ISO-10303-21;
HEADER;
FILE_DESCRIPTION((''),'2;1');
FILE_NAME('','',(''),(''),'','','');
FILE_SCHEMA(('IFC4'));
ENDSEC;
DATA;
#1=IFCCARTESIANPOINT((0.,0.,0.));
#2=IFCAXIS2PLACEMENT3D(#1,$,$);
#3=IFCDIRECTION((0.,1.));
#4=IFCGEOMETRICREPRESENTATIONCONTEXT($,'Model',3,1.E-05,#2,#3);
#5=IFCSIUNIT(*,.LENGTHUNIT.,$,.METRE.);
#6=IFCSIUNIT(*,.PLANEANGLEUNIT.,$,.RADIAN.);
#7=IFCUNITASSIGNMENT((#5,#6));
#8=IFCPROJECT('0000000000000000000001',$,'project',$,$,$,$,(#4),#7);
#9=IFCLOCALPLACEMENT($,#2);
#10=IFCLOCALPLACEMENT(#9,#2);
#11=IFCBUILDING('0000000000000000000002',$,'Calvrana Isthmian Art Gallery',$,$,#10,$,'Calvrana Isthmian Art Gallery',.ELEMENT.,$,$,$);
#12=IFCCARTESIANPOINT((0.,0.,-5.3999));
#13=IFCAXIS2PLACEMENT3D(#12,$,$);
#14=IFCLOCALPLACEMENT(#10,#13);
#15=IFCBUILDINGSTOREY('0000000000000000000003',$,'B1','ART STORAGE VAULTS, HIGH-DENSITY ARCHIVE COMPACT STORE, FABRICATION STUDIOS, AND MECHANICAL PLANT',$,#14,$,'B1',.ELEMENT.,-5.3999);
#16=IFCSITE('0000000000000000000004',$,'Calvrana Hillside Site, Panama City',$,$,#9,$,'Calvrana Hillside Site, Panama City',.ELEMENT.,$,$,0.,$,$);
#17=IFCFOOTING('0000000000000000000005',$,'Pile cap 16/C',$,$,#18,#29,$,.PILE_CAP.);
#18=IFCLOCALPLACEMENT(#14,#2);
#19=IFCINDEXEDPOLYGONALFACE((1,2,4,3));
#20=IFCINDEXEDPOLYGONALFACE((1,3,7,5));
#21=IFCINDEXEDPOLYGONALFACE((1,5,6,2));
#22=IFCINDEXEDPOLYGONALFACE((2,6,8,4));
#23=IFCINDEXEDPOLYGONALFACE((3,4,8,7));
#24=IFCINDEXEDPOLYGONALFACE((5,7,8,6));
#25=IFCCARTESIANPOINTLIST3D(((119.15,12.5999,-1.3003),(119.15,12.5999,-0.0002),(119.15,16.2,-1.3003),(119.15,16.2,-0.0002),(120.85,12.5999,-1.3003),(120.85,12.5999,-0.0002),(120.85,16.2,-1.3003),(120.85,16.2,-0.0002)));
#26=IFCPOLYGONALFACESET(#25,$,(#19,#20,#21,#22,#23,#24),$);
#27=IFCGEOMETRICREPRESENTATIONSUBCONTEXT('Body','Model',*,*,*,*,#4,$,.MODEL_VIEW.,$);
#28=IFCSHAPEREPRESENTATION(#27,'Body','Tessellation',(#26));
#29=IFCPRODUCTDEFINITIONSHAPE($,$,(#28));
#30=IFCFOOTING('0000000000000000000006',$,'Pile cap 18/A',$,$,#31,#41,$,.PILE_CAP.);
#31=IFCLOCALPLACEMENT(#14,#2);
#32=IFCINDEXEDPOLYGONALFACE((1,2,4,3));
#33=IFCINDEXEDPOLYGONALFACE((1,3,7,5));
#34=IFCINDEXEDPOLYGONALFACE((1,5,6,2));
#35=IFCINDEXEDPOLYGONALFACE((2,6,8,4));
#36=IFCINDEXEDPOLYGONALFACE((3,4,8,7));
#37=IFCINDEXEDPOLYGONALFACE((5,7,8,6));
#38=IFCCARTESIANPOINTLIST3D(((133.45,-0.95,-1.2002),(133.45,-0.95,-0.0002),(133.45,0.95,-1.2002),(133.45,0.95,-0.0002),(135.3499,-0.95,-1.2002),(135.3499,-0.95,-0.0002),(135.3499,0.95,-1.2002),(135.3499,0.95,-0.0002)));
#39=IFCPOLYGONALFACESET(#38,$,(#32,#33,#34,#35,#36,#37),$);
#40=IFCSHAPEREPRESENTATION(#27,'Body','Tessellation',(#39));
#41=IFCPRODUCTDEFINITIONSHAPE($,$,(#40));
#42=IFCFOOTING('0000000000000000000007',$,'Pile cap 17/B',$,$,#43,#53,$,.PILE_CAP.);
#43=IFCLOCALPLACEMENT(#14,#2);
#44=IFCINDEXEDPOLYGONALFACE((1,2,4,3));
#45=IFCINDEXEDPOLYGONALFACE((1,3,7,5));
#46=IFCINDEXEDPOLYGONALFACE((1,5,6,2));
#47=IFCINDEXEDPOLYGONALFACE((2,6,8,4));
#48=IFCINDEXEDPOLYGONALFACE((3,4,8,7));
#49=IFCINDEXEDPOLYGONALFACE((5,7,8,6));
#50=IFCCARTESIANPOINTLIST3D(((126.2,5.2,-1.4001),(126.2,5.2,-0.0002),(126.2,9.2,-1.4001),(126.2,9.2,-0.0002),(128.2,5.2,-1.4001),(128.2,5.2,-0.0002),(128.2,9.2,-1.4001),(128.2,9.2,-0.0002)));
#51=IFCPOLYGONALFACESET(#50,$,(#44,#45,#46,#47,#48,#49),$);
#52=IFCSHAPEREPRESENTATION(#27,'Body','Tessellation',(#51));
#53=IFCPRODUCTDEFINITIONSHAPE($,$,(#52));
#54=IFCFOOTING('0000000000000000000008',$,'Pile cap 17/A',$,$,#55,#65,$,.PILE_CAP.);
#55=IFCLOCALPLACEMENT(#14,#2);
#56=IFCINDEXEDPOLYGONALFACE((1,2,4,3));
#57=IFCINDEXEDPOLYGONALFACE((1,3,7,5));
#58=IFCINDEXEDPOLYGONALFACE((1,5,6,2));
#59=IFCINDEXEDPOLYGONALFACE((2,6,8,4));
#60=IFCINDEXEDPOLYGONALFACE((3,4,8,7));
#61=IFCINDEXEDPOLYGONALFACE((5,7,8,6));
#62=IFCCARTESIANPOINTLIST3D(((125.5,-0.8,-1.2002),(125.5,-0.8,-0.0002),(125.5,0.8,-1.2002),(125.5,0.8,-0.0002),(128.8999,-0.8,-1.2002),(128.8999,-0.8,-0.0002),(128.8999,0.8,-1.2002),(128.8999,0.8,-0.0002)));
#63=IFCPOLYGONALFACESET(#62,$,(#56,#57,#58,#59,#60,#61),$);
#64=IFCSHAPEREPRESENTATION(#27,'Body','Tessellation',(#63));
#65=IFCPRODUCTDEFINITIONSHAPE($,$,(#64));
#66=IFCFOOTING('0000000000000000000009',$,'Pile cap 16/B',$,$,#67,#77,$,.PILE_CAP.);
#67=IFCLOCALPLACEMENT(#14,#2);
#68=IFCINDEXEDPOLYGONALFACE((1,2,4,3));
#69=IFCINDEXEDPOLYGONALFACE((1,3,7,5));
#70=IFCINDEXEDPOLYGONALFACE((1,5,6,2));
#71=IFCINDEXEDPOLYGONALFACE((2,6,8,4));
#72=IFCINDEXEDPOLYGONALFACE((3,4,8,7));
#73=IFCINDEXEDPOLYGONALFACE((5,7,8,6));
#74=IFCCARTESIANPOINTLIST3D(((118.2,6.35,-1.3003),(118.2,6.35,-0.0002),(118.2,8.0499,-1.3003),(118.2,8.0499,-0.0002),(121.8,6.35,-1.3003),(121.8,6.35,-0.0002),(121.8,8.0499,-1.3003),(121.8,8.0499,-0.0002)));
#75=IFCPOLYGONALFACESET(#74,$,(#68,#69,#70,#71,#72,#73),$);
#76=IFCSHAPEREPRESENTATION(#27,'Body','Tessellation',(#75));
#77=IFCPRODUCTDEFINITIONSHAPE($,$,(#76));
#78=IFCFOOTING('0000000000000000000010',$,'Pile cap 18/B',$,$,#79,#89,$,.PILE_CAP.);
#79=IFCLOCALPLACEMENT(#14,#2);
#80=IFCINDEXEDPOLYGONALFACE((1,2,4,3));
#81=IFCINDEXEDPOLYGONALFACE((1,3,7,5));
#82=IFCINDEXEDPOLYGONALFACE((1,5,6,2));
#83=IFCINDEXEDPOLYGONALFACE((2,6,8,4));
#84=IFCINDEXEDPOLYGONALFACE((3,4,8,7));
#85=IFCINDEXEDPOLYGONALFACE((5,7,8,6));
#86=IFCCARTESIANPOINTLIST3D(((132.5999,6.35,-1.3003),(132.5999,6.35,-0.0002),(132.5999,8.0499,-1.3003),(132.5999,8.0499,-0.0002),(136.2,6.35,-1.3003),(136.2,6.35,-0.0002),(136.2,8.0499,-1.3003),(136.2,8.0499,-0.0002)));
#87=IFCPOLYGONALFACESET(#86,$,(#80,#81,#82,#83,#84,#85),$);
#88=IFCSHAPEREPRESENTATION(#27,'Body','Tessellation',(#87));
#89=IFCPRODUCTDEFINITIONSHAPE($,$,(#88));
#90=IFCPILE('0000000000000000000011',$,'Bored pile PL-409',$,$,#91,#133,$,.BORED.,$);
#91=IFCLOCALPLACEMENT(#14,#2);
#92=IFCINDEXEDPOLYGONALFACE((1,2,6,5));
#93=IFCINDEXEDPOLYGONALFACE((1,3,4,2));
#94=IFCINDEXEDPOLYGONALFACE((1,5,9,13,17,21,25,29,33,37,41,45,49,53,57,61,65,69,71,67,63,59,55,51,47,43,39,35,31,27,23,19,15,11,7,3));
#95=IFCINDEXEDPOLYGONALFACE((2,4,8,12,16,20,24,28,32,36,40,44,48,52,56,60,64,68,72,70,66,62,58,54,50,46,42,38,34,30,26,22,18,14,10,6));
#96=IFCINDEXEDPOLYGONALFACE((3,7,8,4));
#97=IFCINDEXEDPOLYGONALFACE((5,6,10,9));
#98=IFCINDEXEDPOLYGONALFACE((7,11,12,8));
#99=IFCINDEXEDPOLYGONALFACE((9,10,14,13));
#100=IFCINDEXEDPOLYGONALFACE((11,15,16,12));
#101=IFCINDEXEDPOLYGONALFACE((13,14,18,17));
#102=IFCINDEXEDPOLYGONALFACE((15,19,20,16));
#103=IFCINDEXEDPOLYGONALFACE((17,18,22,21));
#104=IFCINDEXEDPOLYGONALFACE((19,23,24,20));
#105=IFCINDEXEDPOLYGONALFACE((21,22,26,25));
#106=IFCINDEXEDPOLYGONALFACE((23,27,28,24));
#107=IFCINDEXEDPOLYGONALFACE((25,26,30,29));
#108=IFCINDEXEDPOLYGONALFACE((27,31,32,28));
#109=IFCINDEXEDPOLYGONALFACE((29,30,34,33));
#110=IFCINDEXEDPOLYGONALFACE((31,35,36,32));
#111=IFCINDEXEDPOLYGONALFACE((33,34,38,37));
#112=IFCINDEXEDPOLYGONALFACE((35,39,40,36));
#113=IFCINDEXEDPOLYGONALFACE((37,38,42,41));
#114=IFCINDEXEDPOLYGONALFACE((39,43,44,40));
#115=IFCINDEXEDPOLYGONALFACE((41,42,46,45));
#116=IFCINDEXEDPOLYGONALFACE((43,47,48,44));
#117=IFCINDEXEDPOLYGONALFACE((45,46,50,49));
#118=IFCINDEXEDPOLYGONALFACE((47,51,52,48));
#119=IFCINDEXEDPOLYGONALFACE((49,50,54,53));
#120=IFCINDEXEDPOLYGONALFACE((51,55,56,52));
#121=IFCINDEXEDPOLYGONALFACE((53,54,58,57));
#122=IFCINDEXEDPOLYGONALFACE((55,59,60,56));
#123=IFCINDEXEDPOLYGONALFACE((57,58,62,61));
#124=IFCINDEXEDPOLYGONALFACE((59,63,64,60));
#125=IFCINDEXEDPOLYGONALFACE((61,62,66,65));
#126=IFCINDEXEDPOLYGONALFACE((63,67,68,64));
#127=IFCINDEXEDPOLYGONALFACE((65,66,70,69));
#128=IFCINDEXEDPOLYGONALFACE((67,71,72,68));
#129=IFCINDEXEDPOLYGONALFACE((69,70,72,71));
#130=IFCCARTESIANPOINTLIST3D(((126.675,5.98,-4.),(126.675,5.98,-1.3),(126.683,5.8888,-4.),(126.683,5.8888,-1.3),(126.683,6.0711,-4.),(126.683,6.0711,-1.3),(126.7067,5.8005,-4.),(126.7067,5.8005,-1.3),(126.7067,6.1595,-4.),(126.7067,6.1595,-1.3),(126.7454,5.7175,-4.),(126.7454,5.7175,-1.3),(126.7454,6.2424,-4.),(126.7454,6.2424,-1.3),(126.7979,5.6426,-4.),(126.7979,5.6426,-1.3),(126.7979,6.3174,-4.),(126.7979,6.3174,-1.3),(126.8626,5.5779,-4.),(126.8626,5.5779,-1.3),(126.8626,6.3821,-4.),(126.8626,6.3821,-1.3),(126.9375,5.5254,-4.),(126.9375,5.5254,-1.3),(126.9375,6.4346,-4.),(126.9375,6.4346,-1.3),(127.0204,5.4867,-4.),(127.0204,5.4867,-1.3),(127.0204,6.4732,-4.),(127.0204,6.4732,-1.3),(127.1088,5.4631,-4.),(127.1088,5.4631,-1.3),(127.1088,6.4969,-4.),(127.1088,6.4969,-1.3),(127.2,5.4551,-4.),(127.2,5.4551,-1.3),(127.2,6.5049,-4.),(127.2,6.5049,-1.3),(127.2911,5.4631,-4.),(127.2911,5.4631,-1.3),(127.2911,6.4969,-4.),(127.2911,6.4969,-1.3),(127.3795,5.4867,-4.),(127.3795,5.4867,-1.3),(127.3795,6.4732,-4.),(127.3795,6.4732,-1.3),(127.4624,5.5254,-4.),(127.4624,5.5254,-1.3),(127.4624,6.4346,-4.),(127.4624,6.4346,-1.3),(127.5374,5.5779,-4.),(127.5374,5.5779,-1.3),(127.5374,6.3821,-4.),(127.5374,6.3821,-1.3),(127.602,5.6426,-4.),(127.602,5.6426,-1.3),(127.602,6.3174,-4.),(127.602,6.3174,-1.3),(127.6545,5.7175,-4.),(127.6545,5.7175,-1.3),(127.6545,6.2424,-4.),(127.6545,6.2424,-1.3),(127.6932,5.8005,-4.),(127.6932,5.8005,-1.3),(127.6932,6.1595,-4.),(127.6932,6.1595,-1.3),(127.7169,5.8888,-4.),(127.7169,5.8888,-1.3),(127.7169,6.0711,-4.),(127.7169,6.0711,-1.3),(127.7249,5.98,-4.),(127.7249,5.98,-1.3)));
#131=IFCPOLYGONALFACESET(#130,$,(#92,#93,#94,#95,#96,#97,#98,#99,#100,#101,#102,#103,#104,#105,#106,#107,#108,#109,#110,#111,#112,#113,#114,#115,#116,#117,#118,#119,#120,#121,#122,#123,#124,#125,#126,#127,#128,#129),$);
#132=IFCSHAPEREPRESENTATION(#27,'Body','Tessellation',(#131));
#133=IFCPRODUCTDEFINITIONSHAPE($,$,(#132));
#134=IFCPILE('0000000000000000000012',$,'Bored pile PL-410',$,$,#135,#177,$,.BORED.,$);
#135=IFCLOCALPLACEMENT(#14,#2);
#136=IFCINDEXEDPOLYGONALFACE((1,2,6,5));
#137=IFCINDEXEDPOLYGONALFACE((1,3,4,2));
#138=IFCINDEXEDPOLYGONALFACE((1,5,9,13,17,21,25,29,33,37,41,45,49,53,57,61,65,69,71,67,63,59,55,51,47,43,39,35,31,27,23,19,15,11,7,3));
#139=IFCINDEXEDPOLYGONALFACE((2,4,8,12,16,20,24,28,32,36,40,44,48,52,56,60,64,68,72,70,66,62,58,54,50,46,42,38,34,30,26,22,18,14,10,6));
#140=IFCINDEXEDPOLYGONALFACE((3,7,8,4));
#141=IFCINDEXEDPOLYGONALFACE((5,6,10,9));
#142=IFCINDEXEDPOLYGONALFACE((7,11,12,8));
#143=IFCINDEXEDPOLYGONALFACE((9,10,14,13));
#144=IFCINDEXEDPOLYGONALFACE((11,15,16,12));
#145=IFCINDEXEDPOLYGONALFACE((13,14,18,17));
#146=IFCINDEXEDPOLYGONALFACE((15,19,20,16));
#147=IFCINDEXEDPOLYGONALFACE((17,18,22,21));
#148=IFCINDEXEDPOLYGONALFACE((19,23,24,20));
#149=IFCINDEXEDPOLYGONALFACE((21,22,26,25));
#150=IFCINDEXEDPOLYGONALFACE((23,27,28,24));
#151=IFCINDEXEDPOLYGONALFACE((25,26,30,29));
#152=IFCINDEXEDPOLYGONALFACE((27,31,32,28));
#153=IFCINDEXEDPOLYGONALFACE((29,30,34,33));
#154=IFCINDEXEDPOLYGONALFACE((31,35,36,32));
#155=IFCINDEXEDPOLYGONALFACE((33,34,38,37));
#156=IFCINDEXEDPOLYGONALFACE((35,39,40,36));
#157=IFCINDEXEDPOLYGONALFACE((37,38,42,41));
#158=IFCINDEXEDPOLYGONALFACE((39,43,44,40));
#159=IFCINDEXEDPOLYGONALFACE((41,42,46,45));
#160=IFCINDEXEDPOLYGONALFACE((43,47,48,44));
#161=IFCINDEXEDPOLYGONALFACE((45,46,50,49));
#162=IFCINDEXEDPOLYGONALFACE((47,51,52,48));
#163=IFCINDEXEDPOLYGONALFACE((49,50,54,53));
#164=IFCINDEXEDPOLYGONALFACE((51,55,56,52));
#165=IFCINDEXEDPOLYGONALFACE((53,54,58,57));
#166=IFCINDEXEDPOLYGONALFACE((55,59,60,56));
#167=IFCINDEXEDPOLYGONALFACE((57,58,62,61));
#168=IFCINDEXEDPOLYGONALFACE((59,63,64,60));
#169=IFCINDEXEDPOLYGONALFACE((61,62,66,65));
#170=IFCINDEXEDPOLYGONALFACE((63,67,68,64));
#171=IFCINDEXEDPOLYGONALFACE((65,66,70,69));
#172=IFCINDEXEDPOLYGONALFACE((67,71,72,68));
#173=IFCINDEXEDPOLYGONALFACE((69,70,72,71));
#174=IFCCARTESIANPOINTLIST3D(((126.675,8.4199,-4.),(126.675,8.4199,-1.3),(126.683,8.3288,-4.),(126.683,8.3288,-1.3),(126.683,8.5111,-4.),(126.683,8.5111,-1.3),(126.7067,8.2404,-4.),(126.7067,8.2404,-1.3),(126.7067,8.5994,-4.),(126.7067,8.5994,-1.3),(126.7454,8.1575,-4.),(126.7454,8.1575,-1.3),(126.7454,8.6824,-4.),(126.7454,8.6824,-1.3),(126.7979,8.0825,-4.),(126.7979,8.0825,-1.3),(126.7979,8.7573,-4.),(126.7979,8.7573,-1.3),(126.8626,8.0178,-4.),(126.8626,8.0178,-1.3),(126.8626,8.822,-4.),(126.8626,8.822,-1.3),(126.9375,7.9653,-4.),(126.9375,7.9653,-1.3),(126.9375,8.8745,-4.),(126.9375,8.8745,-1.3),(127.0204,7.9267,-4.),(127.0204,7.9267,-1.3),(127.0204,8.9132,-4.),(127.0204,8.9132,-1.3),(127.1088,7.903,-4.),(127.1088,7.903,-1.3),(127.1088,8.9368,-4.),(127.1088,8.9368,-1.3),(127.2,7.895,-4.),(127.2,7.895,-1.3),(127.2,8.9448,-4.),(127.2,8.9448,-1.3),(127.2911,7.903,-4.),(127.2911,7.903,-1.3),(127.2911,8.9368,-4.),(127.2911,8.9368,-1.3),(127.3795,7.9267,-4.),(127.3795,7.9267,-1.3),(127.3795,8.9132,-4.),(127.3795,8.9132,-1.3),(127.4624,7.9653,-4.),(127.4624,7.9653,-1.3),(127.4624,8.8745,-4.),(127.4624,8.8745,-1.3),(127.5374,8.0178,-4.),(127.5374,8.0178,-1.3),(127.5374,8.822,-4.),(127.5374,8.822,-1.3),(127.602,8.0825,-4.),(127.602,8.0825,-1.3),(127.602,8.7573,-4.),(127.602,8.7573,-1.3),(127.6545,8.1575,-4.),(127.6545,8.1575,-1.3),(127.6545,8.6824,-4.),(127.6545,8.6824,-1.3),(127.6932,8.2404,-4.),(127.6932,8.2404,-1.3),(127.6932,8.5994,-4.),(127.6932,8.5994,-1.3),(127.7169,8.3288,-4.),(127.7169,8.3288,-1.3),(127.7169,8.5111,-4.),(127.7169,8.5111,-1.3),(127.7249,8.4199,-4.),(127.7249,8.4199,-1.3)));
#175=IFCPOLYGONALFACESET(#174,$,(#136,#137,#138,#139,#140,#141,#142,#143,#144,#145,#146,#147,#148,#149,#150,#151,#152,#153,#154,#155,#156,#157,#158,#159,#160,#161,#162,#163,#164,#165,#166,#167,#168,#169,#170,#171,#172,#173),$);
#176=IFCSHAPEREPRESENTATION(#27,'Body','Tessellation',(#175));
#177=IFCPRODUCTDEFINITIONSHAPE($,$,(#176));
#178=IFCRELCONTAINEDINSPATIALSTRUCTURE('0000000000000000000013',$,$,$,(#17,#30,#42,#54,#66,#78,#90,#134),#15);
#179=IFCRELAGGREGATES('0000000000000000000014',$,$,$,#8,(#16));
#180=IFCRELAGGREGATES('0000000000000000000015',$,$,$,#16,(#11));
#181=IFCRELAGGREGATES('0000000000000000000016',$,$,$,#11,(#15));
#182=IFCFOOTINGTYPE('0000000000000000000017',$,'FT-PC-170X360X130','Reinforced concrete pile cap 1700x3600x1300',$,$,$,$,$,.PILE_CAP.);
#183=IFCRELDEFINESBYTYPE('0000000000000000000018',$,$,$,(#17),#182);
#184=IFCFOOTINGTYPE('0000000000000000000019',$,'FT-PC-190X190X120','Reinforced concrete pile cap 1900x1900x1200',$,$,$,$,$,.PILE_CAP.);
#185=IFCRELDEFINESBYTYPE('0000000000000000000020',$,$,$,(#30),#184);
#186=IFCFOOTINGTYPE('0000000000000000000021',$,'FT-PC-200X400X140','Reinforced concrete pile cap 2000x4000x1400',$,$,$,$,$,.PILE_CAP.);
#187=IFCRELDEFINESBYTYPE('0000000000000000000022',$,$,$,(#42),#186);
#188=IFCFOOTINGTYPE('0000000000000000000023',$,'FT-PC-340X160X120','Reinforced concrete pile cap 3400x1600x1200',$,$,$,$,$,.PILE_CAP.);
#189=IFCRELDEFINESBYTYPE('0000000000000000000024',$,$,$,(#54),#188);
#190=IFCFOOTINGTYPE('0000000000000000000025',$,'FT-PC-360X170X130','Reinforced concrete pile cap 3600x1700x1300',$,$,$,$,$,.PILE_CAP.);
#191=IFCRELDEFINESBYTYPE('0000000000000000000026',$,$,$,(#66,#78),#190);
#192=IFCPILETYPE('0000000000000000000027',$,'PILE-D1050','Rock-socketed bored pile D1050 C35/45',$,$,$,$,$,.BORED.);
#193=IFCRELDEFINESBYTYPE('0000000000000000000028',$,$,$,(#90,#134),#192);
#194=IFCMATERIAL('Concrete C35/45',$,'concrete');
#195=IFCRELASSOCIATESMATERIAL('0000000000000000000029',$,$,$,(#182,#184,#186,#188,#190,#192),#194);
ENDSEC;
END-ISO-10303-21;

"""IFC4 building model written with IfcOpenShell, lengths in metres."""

from ifc_helpers import new_model, si_unit, direction, frame, origin, origin_2d, place, context, subcontext, project, spatial, rectangle, circle, extrude, material, material_profile, profile_set, type_object, element, save


model = new_model("IFC4")

# Units and contexts
model_context = context("Model", 3, precision=1e-05, world=origin(), true_north=direction((0.0, 1.0)))
body_context = subcontext(model_context, "Body", "Model", "MODEL_VIEW")
ifc_project = project(units=[si_unit("LENGTHUNIT", "METRE"), si_unit("PLANEANGLEUNIT", "RADIAN")], contexts=[model_context])

# Site, building, storey
site_placement = place(None, origin())
site = spatial("IfcSite", under=ifc_project, at=site_placement, Name="Calvrana Hillside Site, Panama City", LongName="Calvrana Hillside Site, Panama City", CompositionType="ELEMENT", RefElevation=0.0)
building_placement = place(site_placement, origin())
building = spatial("IfcBuilding", under=site, at=building_placement, Name="Calvrana Isthmian Art Gallery", LongName="Calvrana Isthmian Art Gallery", CompositionType="ELEMENT")
storey_placement = place(building_placement, frame((0.0, 0.0, -5.3999)))
storey = spatial("IfcBuildingStorey", under=building, at=storey_placement, Name="B1", Description="ART STORAGE VAULTS, HIGH-DENSITY ARCHIVE COMPACT STORE, FABRICATION STUDIOS, AND MECHANICAL PLANT", LongName="B1", CompositionType="ELEMENT", Elevation=-5.3999)

# Footings
ifc_material_1 = material(Name="Concrete C35/45", Category="concrete")
footing_type_1 = type_object("IfcFootingType", Name="FT-PC-170X360X130", Description="Reinforced concrete pile cap 1700x3600x1300", PredefinedType="PILE_CAP", material=ifc_material_1)
footing_1_placement = place(storey_placement, frame((120.0, 14.3999, -1.3003), z_axis=(0.0, 0.0, 1.0), x_axis=(1.0, 0.0, 0.0)))
element("IfcFooting", 1, at=footing_1_placement, inside=storey, type_object=footing_type_1, Name="Pile cap 16/C", PredefinedType="PILE_CAP", context=body_context, shape_type="SweptSolid", body=[
    extrude(rectangle(XDim=1.7, YDim=3.6001, at=origin_2d()), origin(), (0.0, 0.0, 1.0), 1.3),
])
footing_type_2 = type_object("IfcFootingType", Name="FT-PC-190X190X120", Description="Reinforced concrete pile cap 1900x1900x1200", PredefinedType="PILE_CAP", material=ifc_material_1)
footing_2_placement = place(storey_placement, frame((134.3999, 0.0, -1.2002), z_axis=(0.0, 0.0, 1.0), x_axis=(1.0, 0.0, 0.0)))
element("IfcFooting", 2, at=footing_2_placement, inside=storey, type_object=footing_type_2, Name="Pile cap 18/A", PredefinedType="PILE_CAP", context=body_context, shape_type="SweptSolid", body=[
    extrude(rectangle(XDim=1.8999, YDim=1.8999, at=origin_2d()), origin(), (0.0, 0.0, 1.0), 1.2),
])
footing_type_3 = type_object("IfcFootingType", Name="FT-PC-200X400X140", Description="Reinforced concrete pile cap 2000x4000x1400", PredefinedType="PILE_CAP", material=ifc_material_1)
footing_3_placement = place(storey_placement, frame((127.2, 7.2, -1.4001), z_axis=(0.0, 0.0, 1.0), x_axis=(1.0, 0.0, 0.0)))
element("IfcFooting", 3, at=footing_3_placement, inside=storey, type_object=footing_type_3, Name="Pile cap 17/B", PredefinedType="PILE_CAP", context=body_context, shape_type="SweptSolid", body=[
    extrude(rectangle(XDim=2.0, YDim=4.0, at=origin_2d()), origin(), (0.0, 0.0, 1.0), 1.3999),
])
footing_type_4 = type_object("IfcFootingType", Name="FT-PC-340X160X120", Description="Reinforced concrete pile cap 3400x1600x1200", PredefinedType="PILE_CAP", material=ifc_material_1)
footing_4_placement = place(storey_placement, frame((127.2, 0.0, -1.2002), z_axis=(0.0, 0.0, 1.0), x_axis=(1.0, 0.0, 0.0)))
element("IfcFooting", 4, at=footing_4_placement, inside=storey, type_object=footing_type_4, Name="Pile cap 17/A", PredefinedType="PILE_CAP", context=body_context, shape_type="SweptSolid", body=[
    extrude(rectangle(XDim=3.3999, YDim=1.6001, at=origin_2d()), origin(), (0.0, 0.0, 1.0), 1.2),
])
footing_type_5 = type_object("IfcFootingType", Name="FT-PC-360X170X130", Description="Reinforced concrete pile cap 3600x1700x1300", PredefinedType="PILE_CAP", material=ifc_material_1)
for number, where, z_axis, x_axis, name in (
    (5, (120.0, 7.2, -1.3003), (0.0, 0.0, 1.0), (1.0, 0.0, 0.0), "Pile cap 16/B"),
    (6, (134.3999, 7.2, -1.3003), (0.0, 0.0, 1.0), (1.0, 0.0, 0.0), "Pile cap 18/B"),
):
    element("IfcFooting", number, at=place(storey_placement, frame(where, z_axis=z_axis, x_axis=x_axis)), inside=storey, type_object=footing_type_5, Name=name, PredefinedType="PILE_CAP", context=body_context, shape_type="SweptSolid", body=[
        extrude(rectangle(XDim=3.6001, YDim=1.7, at=origin_2d()), origin(), (0.0, 0.0, 1.0), 1.3),
    ])

# Piles
ifc_material_profile_1 = material_profile(ifc_material_1, circle(Radius=0.5249, at=origin_2d()), Name="PILE1050D")
ifc_profile_set_1 = profile_set([ifc_material_profile_1], Name="Concrete C35/45")
pile_type_1 = type_object("IfcPileType", Name="PILE-D1050", Description="Rock-socketed bored pile D1050 C35/45", PredefinedType="BORED", material=ifc_profile_set_1)
for number, where, z_axis, x_axis, name in (
    (7, (127.2, 5.98, -1.3), (0.0, 0.0, -1.0), (1.0, 0.0, 0.0), "Bored pile PL-409"),
    (8, (127.2, 8.4199, -1.3), (0.0, 0.0, -1.0), (1.0, 0.0, 0.0), "Bored pile PL-410"),
):
    element("IfcPile", number, at=place(storey_placement, frame(where, z_axis=z_axis, x_axis=x_axis)), inside=storey, type_object=pile_type_1, Name=name, PredefinedType="BORED", context=body_context, shape_type="SweptSolid", body=[
        extrude(circle(Radius=0.5249, at=origin_2d()), origin(), (0.0, 0.0, 1.0), 2.7),
    ])

save(model, "model.ifc")
